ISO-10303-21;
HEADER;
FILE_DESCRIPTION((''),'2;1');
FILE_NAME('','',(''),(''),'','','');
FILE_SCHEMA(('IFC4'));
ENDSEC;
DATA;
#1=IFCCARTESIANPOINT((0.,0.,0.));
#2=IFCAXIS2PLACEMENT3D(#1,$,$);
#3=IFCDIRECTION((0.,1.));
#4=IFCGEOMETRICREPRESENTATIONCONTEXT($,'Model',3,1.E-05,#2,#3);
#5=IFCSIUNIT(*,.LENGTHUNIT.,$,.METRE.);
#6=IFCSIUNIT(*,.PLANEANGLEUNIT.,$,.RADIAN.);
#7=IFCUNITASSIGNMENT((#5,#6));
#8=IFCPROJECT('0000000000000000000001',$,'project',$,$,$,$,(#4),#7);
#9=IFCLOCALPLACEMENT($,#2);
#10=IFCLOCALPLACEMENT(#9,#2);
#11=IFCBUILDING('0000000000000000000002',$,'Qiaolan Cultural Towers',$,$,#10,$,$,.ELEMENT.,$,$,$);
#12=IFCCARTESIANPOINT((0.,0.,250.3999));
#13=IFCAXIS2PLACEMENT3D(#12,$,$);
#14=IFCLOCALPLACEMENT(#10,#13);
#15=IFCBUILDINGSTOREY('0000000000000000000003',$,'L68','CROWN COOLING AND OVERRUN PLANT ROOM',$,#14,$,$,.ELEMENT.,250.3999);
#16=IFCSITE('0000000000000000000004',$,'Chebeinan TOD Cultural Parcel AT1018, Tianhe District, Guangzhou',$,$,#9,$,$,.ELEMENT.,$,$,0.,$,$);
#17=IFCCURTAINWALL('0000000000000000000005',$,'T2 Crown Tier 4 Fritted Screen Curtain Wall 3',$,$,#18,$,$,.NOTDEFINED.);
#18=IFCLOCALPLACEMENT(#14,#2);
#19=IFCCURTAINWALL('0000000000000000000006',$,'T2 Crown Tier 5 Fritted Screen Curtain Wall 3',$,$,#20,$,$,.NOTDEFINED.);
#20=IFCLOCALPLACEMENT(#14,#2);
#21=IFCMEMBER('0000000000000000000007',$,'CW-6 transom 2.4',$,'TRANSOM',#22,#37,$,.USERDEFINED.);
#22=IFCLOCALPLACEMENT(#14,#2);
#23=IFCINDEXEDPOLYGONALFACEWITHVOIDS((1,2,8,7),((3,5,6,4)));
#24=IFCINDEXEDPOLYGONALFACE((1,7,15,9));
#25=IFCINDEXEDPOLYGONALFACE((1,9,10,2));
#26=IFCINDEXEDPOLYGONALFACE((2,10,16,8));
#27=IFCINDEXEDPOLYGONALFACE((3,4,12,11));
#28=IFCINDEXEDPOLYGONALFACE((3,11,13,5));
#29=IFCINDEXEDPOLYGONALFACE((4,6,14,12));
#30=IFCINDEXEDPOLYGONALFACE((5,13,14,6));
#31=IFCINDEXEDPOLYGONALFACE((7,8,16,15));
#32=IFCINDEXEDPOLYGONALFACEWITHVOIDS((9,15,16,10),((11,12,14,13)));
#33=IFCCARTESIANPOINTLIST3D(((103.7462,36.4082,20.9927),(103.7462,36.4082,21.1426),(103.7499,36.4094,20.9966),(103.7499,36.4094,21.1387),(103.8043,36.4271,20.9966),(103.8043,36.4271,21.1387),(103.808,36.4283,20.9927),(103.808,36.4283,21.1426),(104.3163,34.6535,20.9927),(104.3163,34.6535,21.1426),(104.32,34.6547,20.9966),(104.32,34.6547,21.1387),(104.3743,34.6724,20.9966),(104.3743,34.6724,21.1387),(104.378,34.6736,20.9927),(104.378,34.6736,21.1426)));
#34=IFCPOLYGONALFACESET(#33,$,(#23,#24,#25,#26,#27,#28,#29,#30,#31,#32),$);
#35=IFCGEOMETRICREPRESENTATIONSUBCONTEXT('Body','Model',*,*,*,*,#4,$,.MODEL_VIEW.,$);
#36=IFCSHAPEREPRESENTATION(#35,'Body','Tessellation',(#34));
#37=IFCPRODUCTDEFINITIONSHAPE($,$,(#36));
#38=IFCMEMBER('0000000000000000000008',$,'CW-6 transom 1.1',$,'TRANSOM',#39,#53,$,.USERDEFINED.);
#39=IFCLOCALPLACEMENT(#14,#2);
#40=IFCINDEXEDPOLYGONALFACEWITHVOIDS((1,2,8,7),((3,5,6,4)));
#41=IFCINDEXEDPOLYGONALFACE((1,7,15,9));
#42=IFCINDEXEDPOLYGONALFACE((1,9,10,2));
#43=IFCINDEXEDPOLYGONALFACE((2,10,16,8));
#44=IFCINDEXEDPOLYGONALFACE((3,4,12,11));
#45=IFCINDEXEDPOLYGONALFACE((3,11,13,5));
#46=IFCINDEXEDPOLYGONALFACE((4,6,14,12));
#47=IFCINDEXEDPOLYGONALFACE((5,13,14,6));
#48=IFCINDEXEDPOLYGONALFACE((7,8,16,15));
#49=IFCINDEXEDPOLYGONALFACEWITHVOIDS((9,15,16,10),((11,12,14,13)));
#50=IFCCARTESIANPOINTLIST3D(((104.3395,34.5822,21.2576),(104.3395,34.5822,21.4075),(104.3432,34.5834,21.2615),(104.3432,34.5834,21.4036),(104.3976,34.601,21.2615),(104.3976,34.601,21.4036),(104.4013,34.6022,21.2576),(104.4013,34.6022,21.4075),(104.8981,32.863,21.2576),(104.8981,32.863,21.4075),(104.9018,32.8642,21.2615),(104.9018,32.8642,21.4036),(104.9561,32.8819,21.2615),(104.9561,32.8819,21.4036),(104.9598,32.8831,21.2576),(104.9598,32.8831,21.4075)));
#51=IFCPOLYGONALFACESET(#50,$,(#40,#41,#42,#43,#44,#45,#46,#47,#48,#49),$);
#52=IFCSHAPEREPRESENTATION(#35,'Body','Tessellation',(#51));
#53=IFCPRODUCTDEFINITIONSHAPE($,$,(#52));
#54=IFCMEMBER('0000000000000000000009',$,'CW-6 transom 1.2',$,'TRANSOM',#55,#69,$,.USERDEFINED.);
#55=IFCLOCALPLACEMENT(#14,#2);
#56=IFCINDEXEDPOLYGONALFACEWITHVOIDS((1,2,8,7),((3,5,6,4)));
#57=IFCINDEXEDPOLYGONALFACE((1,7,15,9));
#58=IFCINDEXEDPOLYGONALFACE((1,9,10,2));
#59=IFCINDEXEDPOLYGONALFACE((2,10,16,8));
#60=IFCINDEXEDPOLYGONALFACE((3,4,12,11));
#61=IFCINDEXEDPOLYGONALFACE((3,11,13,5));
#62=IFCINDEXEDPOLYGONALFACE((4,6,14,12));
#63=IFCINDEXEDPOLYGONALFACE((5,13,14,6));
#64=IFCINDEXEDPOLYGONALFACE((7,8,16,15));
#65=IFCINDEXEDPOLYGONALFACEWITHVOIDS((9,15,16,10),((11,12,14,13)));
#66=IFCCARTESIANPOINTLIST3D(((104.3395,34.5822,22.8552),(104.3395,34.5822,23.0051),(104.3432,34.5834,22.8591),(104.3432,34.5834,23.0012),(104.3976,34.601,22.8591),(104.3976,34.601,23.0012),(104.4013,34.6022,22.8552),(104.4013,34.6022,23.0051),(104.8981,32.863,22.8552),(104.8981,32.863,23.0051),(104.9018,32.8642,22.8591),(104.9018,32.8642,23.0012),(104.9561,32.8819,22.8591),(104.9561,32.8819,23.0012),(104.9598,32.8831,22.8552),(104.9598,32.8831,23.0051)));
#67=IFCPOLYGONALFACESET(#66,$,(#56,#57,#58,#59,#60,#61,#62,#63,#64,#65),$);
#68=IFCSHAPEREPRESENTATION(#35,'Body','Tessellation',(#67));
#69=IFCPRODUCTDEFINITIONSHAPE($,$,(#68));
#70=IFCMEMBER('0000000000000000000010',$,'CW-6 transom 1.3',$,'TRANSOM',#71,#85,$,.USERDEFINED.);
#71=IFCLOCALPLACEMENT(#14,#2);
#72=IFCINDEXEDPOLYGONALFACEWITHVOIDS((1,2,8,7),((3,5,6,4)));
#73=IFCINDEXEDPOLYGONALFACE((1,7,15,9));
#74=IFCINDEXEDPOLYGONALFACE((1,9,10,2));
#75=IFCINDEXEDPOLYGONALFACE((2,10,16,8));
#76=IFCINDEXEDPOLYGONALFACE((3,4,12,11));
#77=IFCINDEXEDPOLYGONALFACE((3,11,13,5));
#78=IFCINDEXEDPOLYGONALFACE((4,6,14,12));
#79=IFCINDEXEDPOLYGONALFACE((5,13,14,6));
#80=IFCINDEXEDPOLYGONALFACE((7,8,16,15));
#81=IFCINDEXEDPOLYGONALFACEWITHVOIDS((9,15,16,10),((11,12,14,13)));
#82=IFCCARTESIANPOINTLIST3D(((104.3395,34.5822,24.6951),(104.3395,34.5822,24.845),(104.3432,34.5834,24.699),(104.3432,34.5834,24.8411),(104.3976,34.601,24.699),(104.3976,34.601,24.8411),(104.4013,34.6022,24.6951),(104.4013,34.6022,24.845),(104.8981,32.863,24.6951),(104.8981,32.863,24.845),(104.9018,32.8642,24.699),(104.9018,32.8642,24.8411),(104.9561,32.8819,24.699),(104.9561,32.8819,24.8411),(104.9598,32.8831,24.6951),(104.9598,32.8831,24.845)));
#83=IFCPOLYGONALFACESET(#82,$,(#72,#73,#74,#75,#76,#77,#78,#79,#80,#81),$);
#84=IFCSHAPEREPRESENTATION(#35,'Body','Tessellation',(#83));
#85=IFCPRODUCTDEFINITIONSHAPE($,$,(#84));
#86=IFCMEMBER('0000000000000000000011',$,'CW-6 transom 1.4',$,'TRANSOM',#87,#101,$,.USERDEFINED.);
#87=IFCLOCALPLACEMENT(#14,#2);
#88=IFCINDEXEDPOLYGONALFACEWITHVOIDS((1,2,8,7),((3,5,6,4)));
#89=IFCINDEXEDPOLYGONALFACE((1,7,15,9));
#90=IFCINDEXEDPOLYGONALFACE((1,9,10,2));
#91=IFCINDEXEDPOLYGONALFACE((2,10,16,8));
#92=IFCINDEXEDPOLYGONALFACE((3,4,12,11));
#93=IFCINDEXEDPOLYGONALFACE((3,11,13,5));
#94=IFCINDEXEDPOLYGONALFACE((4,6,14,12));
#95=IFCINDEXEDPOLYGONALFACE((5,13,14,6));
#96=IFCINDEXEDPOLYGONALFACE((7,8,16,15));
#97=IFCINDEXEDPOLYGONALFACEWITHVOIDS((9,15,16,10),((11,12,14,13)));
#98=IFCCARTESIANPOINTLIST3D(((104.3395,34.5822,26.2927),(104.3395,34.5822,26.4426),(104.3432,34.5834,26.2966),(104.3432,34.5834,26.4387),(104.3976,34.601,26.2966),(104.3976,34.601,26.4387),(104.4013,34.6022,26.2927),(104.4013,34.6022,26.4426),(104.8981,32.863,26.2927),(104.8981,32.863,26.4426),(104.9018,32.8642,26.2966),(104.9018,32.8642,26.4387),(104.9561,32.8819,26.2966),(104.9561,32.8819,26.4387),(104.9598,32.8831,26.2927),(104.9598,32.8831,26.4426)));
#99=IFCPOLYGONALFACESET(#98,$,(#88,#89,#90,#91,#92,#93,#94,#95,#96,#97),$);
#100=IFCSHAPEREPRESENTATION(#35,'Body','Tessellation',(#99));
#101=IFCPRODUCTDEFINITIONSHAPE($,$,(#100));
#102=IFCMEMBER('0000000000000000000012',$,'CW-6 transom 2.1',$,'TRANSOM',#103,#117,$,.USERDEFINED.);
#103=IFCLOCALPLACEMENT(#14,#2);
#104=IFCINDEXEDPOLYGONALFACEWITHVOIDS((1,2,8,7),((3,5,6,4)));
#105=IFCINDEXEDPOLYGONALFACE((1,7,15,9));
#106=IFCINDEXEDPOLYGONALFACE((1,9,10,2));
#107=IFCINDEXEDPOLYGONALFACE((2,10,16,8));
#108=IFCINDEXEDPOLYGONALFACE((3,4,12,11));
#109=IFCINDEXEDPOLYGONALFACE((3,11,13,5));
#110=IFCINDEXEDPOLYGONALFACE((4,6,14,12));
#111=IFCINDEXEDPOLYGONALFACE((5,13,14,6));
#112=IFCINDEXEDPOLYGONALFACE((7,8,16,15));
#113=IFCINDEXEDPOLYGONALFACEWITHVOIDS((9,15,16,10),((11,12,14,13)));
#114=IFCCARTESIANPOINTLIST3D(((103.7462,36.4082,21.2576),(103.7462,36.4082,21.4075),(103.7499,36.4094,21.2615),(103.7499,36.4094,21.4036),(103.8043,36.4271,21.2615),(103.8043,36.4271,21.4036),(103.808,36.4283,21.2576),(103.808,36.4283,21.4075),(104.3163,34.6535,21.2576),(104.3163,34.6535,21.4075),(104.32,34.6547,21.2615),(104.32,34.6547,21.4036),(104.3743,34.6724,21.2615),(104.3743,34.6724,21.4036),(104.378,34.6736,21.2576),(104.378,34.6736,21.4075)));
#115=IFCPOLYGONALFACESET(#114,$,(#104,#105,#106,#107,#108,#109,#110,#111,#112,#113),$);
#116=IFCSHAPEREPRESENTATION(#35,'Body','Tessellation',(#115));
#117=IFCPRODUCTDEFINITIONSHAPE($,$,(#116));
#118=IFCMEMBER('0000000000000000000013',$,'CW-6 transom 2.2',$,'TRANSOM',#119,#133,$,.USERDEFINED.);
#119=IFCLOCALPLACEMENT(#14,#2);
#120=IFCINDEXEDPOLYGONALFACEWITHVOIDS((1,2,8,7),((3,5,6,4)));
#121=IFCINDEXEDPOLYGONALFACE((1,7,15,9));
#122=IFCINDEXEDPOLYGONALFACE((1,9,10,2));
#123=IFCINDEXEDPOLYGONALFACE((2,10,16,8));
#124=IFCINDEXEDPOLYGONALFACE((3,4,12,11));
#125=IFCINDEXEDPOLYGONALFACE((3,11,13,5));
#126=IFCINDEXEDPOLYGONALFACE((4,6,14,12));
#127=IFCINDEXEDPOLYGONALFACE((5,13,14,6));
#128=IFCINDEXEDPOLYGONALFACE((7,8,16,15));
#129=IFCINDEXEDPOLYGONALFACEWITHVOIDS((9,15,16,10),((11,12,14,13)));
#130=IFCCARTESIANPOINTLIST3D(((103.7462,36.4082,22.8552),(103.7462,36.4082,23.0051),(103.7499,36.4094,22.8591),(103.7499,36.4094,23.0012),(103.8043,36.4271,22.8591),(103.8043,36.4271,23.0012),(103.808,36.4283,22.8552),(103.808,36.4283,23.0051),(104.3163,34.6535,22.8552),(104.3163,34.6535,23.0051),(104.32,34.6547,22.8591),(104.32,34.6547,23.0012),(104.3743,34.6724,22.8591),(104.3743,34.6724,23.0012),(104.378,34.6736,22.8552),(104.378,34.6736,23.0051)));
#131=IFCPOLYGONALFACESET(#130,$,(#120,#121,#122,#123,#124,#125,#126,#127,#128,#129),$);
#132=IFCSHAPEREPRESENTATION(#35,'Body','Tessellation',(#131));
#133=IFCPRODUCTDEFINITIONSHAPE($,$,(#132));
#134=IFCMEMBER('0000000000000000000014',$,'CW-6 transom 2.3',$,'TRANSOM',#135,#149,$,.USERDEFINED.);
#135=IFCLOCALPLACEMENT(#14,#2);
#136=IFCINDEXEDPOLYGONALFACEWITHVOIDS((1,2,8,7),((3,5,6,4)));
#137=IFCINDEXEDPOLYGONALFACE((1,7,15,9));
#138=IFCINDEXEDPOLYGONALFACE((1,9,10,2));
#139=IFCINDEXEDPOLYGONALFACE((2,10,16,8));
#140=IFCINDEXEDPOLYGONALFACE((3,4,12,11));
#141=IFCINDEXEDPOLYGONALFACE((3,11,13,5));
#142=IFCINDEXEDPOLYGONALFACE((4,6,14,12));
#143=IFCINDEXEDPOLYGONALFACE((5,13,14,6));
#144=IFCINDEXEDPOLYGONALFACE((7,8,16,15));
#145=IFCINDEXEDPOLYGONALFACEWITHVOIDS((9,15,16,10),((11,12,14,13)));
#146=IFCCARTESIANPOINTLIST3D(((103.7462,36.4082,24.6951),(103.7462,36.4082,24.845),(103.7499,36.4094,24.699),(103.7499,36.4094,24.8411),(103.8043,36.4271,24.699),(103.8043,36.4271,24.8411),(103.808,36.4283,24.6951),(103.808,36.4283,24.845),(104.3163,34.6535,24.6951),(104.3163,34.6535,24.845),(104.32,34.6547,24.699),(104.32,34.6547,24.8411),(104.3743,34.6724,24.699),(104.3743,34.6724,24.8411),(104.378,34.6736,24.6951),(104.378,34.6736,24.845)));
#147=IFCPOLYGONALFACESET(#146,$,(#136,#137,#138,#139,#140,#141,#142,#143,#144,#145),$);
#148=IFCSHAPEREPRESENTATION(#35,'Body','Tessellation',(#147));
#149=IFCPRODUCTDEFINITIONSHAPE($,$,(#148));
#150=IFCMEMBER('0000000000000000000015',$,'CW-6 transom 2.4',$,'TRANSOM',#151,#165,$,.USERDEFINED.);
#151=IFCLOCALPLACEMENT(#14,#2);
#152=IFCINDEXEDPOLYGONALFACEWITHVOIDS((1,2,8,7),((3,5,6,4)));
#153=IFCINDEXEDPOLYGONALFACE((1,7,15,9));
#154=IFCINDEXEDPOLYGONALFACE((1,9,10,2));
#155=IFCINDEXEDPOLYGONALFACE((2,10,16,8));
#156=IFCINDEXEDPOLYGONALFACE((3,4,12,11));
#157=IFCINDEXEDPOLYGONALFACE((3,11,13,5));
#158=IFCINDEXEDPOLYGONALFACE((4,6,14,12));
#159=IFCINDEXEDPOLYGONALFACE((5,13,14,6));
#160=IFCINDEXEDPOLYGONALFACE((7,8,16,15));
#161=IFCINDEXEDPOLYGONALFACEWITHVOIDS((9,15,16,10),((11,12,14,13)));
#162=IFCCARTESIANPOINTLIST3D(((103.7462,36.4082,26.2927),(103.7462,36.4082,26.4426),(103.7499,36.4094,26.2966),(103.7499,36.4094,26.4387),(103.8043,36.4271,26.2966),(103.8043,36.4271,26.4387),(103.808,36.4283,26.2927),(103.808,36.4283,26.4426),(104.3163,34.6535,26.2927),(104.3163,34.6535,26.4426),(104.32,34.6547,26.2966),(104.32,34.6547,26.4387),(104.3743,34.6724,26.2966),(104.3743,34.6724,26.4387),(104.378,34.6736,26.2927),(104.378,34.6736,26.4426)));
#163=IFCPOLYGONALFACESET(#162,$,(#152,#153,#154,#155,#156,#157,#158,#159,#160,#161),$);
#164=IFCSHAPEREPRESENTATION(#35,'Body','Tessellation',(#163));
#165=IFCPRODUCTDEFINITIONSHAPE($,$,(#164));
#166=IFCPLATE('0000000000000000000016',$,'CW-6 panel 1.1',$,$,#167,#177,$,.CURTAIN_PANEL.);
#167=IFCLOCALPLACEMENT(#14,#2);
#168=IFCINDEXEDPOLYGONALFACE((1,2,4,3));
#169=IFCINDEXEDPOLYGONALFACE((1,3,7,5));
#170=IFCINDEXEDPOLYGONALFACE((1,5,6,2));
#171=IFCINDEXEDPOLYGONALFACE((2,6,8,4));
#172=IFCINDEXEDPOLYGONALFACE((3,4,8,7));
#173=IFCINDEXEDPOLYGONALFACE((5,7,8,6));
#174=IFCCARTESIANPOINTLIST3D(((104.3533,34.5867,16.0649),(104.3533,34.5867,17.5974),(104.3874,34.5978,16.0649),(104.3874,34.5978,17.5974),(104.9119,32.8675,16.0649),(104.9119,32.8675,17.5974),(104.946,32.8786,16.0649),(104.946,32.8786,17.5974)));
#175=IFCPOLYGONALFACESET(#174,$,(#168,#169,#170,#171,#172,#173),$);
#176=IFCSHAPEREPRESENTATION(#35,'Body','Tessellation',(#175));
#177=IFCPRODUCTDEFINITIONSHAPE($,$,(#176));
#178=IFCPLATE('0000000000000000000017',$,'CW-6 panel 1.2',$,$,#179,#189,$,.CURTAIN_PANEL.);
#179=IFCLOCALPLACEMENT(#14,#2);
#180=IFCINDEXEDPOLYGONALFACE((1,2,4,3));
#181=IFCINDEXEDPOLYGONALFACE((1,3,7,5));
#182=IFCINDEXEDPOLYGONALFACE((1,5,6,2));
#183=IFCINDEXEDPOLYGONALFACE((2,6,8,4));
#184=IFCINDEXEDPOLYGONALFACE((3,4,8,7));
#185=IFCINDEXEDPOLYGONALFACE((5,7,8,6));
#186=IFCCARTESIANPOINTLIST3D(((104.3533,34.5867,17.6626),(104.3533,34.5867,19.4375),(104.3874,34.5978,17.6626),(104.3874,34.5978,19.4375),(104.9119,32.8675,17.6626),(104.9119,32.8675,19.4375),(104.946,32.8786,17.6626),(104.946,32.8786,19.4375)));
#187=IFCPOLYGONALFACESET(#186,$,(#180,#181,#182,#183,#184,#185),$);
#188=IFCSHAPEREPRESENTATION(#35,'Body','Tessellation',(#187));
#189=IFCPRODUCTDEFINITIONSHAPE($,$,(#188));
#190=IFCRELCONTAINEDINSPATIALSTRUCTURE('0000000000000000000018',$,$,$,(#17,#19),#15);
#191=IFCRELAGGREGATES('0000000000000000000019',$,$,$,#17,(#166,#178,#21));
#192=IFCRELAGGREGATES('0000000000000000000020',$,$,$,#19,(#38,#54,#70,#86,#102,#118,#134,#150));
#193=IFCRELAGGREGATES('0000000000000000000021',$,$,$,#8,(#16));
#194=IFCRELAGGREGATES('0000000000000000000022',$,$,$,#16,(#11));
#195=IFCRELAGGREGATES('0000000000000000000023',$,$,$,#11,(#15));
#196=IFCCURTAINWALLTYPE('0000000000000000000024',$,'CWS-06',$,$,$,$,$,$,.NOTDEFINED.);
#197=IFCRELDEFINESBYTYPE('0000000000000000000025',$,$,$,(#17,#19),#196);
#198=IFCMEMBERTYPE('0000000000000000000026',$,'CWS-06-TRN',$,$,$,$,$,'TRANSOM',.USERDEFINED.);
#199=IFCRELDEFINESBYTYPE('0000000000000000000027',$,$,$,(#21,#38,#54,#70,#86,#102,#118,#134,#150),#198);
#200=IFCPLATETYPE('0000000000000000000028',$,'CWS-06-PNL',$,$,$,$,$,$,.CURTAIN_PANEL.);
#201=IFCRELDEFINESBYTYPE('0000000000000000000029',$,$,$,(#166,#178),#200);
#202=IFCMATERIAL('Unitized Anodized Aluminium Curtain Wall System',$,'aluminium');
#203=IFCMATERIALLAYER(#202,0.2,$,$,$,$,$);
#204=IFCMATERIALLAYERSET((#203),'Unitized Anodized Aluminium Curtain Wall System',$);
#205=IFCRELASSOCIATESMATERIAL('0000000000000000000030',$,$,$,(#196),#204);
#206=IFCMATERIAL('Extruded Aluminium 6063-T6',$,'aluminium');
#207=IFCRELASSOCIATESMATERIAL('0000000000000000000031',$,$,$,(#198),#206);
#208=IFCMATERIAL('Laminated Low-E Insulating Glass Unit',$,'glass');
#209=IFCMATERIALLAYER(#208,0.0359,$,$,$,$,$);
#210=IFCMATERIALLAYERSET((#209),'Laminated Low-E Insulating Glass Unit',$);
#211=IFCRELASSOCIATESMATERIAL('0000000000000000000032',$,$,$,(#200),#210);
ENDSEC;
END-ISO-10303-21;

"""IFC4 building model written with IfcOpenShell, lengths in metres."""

from ifc_helpers import new_model, si_unit, direction, frame, origin, origin_2d, place, context, subcontext, project, spatial, rectangle, hollow_rectangle, extrude, material, layer, layer_set, material_profile, profile_set, type_object, element, aggregate, save


model = new_model("IFC4")

# Units and contexts
model_context = context("Model", 3, precision=1e-05, world=origin(), true_north=direction((0.0, 1.0)))
body_context = subcontext(model_context, "Body", "Model", "MODEL_VIEW")
ifc_project = project(units=[si_unit("LENGTHUNIT", "METRE"), si_unit("PLANEANGLEUNIT", "RADIAN")], contexts=[model_context])

# Site, building, storey
site_placement = place(None, origin())
site = spatial("IfcSite", under=ifc_project, at=site_placement, Name="Chebeinan TOD Cultural Parcel AT1018, Tianhe District, Guangzhou", CompositionType="ELEMENT", RefElevation=0.0)
building_placement = place(site_placement, origin())
building = spatial("IfcBuilding", under=site, at=building_placement, Name="Qiaolan Cultural Towers", CompositionType="ELEMENT")
storey_placement = place(building_placement, frame((0.0, 0.0, 250.3999)))
storey = spatial("IfcBuildingStorey", under=building, at=storey_placement, Name="L68", Description="CROWN COOLING AND OVERRUN PLANT ROOM", CompositionType="ELEMENT", Elevation=250.3999)

# Curtain walls
ifc_material_1 = material(Name="Unitized Anodized Aluminium Curtain Wall System", Category="aluminium")
ifc_layer_1 = layer(ifc_material_1, 0.2)
ifc_layer_set_1 = layer_set([ifc_layer_1], Name="Unitized Anodized Aluminium Curtain Wall System")
curtain_wall_type = type_object("IfcCurtainWallType", Name="CWS-06", PredefinedType="NOTDEFINED", material=ifc_layer_set_1)
curtain_wall_1_placement = place(storey_placement, origin())
curtain_wall_1 = element("IfcCurtainWall", 1, at=curtain_wall_1_placement, inside=storey, type_object=curtain_wall_type, Name="T2 Crown Tier 4 Fritted Screen Curtain Wall 3", PredefinedType="NOTDEFINED")
curtain_wall_2_placement = place(storey_placement, origin())
curtain_wall_2 = element("IfcCurtainWall", 2, at=curtain_wall_2_placement, inside=storey, type_object=curtain_wall_type, Name="T2 Crown Tier 5 Fritted Screen Curtain Wall 3", PredefinedType="NOTDEFINED")

# Members
ifc_material_2 = material(Name="Extruded Aluminium 6063-T6", Category="aluminium")
ifc_material_profile_1 = material_profile(ifc_material_2, hollow_rectangle(XDim=0.0649, YDim=0.1499, WallThickness=0.0039, at=origin_2d()), Name="CWT-150x65x4")
ifc_profile_set_1 = profile_set([ifc_material_profile_1], Name="Extruded Aluminium 6063-T6")
member_type_1 = type_object("IfcMemberType", Name="CWS-06-TRN", ElementType="TRANSOM", PredefinedType="USERDEFINED", material=ifc_profile_set_1)
member_1_placement = place(storey_placement, frame((104.3472, 34.6636, 21.0676), z_axis=(-0.308993, 0.951064, 0.0), x_axis=(-0.951064, -0.308993, 0.0)))
member_1 = element("IfcMember", 3, at=member_1_placement, type_object=member_type_1, Name="CW-6 transom 2.4", ObjectType="TRANSOM", PredefinedType="USERDEFINED", context=body_context, shape_type="SweptSolid", body=[
    extrude(hollow_rectangle(XDim=0.0649, YDim=0.1499, WallThickness=0.0039, at=origin_2d()), origin(), (0.0, 0.0, 1.0), 1.845),
])
member_2_placement = place(storey_placement, frame((104.929, 32.873, 21.3325), z_axis=(-0.309007, 0.95106, 0.0), x_axis=(-0.95106, -0.309007, 0.0)))
member_2 = element("IfcMember", 4, at=member_2_placement, type_object=member_type_1, Name="CW-6 transom 1.1", ObjectType="TRANSOM", PredefinedType="USERDEFINED", context=body_context, shape_type="SweptSolid", body=[
    extrude(hollow_rectangle(XDim=0.0649, YDim=0.1499, WallThickness=0.0039, at=origin_2d()), origin(), (0.0, 0.0, 1.0), 1.8076),
])
member_3_placement = place(storey_placement, frame((104.929, 32.873, 22.9302), z_axis=(-0.309007, 0.95106, 0.0), x_axis=(-0.95106, -0.309007, 0.0)))
member_3 = element("IfcMember", 5, at=member_3_placement, type_object=member_type_1, Name="CW-6 transom 1.2", ObjectType="TRANSOM", PredefinedType="USERDEFINED", context=body_context, shape_type="SweptSolid", body=[
    extrude(hollow_rectangle(XDim=0.0649, YDim=0.1499, WallThickness=0.0039, at=origin_2d()), origin(), (0.0, 0.0, 1.0), 1.8076),
])
member_4_placement = place(storey_placement, frame((104.929, 32.873, 24.77), z_axis=(-0.309007, 0.95106, 0.0), x_axis=(-0.95106, -0.309007, 0.0)))
member_4 = element("IfcMember", 6, at=member_4_placement, type_object=member_type_1, Name="CW-6 transom 1.3", ObjectType="TRANSOM", PredefinedType="USERDEFINED", context=body_context, shape_type="SweptSolid", body=[
    extrude(hollow_rectangle(XDim=0.0649, YDim=0.1499, WallThickness=0.0039, at=origin_2d()), origin(), (0.0, 0.0, 1.0), 1.8076),
])
member_5_placement = place(storey_placement, frame((104.929, 32.873, 26.3677), z_axis=(-0.309007, 0.95106, 0.0), x_axis=(-0.95106, -0.309007, 0.0)))
member_5 = element("IfcMember", 7, at=member_5_placement, type_object=member_type_1, Name="CW-6 transom 1.4", ObjectType="TRANSOM", PredefinedType="USERDEFINED", context=body_context, shape_type="SweptSolid", body=[
    extrude(hollow_rectangle(XDim=0.0649, YDim=0.1499, WallThickness=0.0039, at=origin_2d()), origin(), (0.0, 0.0, 1.0), 1.8076),
])
member_6_placement = place(storey_placement, frame((104.3472, 34.6636, 21.3325), z_axis=(-0.308993, 0.951064, 0.0), x_axis=(-0.951064, -0.308993, 0.0)))
member_6 = element("IfcMember", 8, at=member_6_placement, type_object=member_type_1, Name="CW-6 transom 2.1", ObjectType="TRANSOM", PredefinedType="USERDEFINED", context=body_context, shape_type="SweptSolid", body=[
    extrude(hollow_rectangle(XDim=0.0649, YDim=0.1499, WallThickness=0.0039, at=origin_2d()), origin(), (0.0, 0.0, 1.0), 1.845),
])
member_7_placement = place(storey_placement, frame((104.3472, 34.6636, 22.9302), z_axis=(-0.308993, 0.951064, 0.0), x_axis=(-0.951064, -0.308993, 0.0)))
member_7 = element("IfcMember", 9, at=member_7_placement, type_object=member_type_1, Name="CW-6 transom 2.2", ObjectType="TRANSOM", PredefinedType="USERDEFINED", context=body_context, shape_type="SweptSolid", body=[
    extrude(hollow_rectangle(XDim=0.0649, YDim=0.1499, WallThickness=0.0039, at=origin_2d()), origin(), (0.0, 0.0, 1.0), 1.845),
])
member_8_placement = place(storey_placement, frame((104.3472, 34.6636, 24.77), z_axis=(-0.308993, 0.951064, 0.0), x_axis=(-0.951064, -0.308993, 0.0)))
member_8 = element("IfcMember", 10, at=member_8_placement, type_object=member_type_1, Name="CW-6 transom 2.3", ObjectType="TRANSOM", PredefinedType="USERDEFINED", context=body_context, shape_type="SweptSolid", body=[
    extrude(hollow_rectangle(XDim=0.0649, YDim=0.1499, WallThickness=0.0039, at=origin_2d()), origin(), (0.0, 0.0, 1.0), 1.845),
])
member_9_placement = place(storey_placement, frame((104.3472, 34.6636, 26.3677), z_axis=(-0.308993, 0.951064, 0.0), x_axis=(-0.951064, -0.308993, 0.0)))
member_9 = element("IfcMember", 11, at=member_9_placement, type_object=member_type_1, Name="CW-6 transom 2.4", ObjectType="TRANSOM", PredefinedType="USERDEFINED", context=body_context, shape_type="SweptSolid", body=[
    extrude(hollow_rectangle(XDim=0.0649, YDim=0.1499, WallThickness=0.0039, at=origin_2d()), origin(), (0.0, 0.0, 1.0), 1.845),
])

# Plates
ifc_material_3 = material(Name="Laminated Low-E Insulating Glass Unit", Category="glass")
ifc_layer_2 = layer(ifc_material_3, 0.0359)
ifc_layer_set_2 = layer_set([ifc_layer_2], Name="Laminated Low-E Insulating Glass Unit")
plate_type = type_object("IfcPlateType", Name="CWS-06-PNL", PredefinedType="CURTAIN_PANEL", material=ifc_layer_set_2)
plate_1_placement = place(storey_placement, frame((104.6497, 33.7327, 16.0649), z_axis=(0.0, 0.0, 1.0), x_axis=(-0.309017, 0.951057, 0.0)))
plate_1 = element("IfcPlate", 12, at=plate_1_placement, type_object=plate_type, Name="CW-6 panel 1.1", PredefinedType="CURTAIN_PANEL", context=body_context, shape_type="SweptSolid", body=[
    extrude(rectangle(XDim=1.8076, YDim=0.0359, at=origin_2d()), origin(), (0.0, 0.0, 1.0), 1.5325),
])
plate_2_placement = place(storey_placement, frame((104.6497, 33.7327, 17.6626), z_axis=(0.0, 0.0, 1.0), x_axis=(-0.309017, 0.951057, 0.0)))
plate_2 = element("IfcPlate", 13, at=plate_2_placement, type_object=plate_type, Name="CW-6 panel 1.2", PredefinedType="CURTAIN_PANEL", context=body_context, shape_type="SweptSolid", body=[
    extrude(rectangle(XDim=1.8076, YDim=0.0359, at=origin_2d()), origin(), (0.0, 0.0, 1.0), 1.7749),
])
aggregate(curtain_wall_1, [plate_1, plate_2, member_1])
aggregate(curtain_wall_2, [member_2, member_3, member_4, member_5, member_6, member_7, member_8, member_9])

save(model, "model.ifc")
